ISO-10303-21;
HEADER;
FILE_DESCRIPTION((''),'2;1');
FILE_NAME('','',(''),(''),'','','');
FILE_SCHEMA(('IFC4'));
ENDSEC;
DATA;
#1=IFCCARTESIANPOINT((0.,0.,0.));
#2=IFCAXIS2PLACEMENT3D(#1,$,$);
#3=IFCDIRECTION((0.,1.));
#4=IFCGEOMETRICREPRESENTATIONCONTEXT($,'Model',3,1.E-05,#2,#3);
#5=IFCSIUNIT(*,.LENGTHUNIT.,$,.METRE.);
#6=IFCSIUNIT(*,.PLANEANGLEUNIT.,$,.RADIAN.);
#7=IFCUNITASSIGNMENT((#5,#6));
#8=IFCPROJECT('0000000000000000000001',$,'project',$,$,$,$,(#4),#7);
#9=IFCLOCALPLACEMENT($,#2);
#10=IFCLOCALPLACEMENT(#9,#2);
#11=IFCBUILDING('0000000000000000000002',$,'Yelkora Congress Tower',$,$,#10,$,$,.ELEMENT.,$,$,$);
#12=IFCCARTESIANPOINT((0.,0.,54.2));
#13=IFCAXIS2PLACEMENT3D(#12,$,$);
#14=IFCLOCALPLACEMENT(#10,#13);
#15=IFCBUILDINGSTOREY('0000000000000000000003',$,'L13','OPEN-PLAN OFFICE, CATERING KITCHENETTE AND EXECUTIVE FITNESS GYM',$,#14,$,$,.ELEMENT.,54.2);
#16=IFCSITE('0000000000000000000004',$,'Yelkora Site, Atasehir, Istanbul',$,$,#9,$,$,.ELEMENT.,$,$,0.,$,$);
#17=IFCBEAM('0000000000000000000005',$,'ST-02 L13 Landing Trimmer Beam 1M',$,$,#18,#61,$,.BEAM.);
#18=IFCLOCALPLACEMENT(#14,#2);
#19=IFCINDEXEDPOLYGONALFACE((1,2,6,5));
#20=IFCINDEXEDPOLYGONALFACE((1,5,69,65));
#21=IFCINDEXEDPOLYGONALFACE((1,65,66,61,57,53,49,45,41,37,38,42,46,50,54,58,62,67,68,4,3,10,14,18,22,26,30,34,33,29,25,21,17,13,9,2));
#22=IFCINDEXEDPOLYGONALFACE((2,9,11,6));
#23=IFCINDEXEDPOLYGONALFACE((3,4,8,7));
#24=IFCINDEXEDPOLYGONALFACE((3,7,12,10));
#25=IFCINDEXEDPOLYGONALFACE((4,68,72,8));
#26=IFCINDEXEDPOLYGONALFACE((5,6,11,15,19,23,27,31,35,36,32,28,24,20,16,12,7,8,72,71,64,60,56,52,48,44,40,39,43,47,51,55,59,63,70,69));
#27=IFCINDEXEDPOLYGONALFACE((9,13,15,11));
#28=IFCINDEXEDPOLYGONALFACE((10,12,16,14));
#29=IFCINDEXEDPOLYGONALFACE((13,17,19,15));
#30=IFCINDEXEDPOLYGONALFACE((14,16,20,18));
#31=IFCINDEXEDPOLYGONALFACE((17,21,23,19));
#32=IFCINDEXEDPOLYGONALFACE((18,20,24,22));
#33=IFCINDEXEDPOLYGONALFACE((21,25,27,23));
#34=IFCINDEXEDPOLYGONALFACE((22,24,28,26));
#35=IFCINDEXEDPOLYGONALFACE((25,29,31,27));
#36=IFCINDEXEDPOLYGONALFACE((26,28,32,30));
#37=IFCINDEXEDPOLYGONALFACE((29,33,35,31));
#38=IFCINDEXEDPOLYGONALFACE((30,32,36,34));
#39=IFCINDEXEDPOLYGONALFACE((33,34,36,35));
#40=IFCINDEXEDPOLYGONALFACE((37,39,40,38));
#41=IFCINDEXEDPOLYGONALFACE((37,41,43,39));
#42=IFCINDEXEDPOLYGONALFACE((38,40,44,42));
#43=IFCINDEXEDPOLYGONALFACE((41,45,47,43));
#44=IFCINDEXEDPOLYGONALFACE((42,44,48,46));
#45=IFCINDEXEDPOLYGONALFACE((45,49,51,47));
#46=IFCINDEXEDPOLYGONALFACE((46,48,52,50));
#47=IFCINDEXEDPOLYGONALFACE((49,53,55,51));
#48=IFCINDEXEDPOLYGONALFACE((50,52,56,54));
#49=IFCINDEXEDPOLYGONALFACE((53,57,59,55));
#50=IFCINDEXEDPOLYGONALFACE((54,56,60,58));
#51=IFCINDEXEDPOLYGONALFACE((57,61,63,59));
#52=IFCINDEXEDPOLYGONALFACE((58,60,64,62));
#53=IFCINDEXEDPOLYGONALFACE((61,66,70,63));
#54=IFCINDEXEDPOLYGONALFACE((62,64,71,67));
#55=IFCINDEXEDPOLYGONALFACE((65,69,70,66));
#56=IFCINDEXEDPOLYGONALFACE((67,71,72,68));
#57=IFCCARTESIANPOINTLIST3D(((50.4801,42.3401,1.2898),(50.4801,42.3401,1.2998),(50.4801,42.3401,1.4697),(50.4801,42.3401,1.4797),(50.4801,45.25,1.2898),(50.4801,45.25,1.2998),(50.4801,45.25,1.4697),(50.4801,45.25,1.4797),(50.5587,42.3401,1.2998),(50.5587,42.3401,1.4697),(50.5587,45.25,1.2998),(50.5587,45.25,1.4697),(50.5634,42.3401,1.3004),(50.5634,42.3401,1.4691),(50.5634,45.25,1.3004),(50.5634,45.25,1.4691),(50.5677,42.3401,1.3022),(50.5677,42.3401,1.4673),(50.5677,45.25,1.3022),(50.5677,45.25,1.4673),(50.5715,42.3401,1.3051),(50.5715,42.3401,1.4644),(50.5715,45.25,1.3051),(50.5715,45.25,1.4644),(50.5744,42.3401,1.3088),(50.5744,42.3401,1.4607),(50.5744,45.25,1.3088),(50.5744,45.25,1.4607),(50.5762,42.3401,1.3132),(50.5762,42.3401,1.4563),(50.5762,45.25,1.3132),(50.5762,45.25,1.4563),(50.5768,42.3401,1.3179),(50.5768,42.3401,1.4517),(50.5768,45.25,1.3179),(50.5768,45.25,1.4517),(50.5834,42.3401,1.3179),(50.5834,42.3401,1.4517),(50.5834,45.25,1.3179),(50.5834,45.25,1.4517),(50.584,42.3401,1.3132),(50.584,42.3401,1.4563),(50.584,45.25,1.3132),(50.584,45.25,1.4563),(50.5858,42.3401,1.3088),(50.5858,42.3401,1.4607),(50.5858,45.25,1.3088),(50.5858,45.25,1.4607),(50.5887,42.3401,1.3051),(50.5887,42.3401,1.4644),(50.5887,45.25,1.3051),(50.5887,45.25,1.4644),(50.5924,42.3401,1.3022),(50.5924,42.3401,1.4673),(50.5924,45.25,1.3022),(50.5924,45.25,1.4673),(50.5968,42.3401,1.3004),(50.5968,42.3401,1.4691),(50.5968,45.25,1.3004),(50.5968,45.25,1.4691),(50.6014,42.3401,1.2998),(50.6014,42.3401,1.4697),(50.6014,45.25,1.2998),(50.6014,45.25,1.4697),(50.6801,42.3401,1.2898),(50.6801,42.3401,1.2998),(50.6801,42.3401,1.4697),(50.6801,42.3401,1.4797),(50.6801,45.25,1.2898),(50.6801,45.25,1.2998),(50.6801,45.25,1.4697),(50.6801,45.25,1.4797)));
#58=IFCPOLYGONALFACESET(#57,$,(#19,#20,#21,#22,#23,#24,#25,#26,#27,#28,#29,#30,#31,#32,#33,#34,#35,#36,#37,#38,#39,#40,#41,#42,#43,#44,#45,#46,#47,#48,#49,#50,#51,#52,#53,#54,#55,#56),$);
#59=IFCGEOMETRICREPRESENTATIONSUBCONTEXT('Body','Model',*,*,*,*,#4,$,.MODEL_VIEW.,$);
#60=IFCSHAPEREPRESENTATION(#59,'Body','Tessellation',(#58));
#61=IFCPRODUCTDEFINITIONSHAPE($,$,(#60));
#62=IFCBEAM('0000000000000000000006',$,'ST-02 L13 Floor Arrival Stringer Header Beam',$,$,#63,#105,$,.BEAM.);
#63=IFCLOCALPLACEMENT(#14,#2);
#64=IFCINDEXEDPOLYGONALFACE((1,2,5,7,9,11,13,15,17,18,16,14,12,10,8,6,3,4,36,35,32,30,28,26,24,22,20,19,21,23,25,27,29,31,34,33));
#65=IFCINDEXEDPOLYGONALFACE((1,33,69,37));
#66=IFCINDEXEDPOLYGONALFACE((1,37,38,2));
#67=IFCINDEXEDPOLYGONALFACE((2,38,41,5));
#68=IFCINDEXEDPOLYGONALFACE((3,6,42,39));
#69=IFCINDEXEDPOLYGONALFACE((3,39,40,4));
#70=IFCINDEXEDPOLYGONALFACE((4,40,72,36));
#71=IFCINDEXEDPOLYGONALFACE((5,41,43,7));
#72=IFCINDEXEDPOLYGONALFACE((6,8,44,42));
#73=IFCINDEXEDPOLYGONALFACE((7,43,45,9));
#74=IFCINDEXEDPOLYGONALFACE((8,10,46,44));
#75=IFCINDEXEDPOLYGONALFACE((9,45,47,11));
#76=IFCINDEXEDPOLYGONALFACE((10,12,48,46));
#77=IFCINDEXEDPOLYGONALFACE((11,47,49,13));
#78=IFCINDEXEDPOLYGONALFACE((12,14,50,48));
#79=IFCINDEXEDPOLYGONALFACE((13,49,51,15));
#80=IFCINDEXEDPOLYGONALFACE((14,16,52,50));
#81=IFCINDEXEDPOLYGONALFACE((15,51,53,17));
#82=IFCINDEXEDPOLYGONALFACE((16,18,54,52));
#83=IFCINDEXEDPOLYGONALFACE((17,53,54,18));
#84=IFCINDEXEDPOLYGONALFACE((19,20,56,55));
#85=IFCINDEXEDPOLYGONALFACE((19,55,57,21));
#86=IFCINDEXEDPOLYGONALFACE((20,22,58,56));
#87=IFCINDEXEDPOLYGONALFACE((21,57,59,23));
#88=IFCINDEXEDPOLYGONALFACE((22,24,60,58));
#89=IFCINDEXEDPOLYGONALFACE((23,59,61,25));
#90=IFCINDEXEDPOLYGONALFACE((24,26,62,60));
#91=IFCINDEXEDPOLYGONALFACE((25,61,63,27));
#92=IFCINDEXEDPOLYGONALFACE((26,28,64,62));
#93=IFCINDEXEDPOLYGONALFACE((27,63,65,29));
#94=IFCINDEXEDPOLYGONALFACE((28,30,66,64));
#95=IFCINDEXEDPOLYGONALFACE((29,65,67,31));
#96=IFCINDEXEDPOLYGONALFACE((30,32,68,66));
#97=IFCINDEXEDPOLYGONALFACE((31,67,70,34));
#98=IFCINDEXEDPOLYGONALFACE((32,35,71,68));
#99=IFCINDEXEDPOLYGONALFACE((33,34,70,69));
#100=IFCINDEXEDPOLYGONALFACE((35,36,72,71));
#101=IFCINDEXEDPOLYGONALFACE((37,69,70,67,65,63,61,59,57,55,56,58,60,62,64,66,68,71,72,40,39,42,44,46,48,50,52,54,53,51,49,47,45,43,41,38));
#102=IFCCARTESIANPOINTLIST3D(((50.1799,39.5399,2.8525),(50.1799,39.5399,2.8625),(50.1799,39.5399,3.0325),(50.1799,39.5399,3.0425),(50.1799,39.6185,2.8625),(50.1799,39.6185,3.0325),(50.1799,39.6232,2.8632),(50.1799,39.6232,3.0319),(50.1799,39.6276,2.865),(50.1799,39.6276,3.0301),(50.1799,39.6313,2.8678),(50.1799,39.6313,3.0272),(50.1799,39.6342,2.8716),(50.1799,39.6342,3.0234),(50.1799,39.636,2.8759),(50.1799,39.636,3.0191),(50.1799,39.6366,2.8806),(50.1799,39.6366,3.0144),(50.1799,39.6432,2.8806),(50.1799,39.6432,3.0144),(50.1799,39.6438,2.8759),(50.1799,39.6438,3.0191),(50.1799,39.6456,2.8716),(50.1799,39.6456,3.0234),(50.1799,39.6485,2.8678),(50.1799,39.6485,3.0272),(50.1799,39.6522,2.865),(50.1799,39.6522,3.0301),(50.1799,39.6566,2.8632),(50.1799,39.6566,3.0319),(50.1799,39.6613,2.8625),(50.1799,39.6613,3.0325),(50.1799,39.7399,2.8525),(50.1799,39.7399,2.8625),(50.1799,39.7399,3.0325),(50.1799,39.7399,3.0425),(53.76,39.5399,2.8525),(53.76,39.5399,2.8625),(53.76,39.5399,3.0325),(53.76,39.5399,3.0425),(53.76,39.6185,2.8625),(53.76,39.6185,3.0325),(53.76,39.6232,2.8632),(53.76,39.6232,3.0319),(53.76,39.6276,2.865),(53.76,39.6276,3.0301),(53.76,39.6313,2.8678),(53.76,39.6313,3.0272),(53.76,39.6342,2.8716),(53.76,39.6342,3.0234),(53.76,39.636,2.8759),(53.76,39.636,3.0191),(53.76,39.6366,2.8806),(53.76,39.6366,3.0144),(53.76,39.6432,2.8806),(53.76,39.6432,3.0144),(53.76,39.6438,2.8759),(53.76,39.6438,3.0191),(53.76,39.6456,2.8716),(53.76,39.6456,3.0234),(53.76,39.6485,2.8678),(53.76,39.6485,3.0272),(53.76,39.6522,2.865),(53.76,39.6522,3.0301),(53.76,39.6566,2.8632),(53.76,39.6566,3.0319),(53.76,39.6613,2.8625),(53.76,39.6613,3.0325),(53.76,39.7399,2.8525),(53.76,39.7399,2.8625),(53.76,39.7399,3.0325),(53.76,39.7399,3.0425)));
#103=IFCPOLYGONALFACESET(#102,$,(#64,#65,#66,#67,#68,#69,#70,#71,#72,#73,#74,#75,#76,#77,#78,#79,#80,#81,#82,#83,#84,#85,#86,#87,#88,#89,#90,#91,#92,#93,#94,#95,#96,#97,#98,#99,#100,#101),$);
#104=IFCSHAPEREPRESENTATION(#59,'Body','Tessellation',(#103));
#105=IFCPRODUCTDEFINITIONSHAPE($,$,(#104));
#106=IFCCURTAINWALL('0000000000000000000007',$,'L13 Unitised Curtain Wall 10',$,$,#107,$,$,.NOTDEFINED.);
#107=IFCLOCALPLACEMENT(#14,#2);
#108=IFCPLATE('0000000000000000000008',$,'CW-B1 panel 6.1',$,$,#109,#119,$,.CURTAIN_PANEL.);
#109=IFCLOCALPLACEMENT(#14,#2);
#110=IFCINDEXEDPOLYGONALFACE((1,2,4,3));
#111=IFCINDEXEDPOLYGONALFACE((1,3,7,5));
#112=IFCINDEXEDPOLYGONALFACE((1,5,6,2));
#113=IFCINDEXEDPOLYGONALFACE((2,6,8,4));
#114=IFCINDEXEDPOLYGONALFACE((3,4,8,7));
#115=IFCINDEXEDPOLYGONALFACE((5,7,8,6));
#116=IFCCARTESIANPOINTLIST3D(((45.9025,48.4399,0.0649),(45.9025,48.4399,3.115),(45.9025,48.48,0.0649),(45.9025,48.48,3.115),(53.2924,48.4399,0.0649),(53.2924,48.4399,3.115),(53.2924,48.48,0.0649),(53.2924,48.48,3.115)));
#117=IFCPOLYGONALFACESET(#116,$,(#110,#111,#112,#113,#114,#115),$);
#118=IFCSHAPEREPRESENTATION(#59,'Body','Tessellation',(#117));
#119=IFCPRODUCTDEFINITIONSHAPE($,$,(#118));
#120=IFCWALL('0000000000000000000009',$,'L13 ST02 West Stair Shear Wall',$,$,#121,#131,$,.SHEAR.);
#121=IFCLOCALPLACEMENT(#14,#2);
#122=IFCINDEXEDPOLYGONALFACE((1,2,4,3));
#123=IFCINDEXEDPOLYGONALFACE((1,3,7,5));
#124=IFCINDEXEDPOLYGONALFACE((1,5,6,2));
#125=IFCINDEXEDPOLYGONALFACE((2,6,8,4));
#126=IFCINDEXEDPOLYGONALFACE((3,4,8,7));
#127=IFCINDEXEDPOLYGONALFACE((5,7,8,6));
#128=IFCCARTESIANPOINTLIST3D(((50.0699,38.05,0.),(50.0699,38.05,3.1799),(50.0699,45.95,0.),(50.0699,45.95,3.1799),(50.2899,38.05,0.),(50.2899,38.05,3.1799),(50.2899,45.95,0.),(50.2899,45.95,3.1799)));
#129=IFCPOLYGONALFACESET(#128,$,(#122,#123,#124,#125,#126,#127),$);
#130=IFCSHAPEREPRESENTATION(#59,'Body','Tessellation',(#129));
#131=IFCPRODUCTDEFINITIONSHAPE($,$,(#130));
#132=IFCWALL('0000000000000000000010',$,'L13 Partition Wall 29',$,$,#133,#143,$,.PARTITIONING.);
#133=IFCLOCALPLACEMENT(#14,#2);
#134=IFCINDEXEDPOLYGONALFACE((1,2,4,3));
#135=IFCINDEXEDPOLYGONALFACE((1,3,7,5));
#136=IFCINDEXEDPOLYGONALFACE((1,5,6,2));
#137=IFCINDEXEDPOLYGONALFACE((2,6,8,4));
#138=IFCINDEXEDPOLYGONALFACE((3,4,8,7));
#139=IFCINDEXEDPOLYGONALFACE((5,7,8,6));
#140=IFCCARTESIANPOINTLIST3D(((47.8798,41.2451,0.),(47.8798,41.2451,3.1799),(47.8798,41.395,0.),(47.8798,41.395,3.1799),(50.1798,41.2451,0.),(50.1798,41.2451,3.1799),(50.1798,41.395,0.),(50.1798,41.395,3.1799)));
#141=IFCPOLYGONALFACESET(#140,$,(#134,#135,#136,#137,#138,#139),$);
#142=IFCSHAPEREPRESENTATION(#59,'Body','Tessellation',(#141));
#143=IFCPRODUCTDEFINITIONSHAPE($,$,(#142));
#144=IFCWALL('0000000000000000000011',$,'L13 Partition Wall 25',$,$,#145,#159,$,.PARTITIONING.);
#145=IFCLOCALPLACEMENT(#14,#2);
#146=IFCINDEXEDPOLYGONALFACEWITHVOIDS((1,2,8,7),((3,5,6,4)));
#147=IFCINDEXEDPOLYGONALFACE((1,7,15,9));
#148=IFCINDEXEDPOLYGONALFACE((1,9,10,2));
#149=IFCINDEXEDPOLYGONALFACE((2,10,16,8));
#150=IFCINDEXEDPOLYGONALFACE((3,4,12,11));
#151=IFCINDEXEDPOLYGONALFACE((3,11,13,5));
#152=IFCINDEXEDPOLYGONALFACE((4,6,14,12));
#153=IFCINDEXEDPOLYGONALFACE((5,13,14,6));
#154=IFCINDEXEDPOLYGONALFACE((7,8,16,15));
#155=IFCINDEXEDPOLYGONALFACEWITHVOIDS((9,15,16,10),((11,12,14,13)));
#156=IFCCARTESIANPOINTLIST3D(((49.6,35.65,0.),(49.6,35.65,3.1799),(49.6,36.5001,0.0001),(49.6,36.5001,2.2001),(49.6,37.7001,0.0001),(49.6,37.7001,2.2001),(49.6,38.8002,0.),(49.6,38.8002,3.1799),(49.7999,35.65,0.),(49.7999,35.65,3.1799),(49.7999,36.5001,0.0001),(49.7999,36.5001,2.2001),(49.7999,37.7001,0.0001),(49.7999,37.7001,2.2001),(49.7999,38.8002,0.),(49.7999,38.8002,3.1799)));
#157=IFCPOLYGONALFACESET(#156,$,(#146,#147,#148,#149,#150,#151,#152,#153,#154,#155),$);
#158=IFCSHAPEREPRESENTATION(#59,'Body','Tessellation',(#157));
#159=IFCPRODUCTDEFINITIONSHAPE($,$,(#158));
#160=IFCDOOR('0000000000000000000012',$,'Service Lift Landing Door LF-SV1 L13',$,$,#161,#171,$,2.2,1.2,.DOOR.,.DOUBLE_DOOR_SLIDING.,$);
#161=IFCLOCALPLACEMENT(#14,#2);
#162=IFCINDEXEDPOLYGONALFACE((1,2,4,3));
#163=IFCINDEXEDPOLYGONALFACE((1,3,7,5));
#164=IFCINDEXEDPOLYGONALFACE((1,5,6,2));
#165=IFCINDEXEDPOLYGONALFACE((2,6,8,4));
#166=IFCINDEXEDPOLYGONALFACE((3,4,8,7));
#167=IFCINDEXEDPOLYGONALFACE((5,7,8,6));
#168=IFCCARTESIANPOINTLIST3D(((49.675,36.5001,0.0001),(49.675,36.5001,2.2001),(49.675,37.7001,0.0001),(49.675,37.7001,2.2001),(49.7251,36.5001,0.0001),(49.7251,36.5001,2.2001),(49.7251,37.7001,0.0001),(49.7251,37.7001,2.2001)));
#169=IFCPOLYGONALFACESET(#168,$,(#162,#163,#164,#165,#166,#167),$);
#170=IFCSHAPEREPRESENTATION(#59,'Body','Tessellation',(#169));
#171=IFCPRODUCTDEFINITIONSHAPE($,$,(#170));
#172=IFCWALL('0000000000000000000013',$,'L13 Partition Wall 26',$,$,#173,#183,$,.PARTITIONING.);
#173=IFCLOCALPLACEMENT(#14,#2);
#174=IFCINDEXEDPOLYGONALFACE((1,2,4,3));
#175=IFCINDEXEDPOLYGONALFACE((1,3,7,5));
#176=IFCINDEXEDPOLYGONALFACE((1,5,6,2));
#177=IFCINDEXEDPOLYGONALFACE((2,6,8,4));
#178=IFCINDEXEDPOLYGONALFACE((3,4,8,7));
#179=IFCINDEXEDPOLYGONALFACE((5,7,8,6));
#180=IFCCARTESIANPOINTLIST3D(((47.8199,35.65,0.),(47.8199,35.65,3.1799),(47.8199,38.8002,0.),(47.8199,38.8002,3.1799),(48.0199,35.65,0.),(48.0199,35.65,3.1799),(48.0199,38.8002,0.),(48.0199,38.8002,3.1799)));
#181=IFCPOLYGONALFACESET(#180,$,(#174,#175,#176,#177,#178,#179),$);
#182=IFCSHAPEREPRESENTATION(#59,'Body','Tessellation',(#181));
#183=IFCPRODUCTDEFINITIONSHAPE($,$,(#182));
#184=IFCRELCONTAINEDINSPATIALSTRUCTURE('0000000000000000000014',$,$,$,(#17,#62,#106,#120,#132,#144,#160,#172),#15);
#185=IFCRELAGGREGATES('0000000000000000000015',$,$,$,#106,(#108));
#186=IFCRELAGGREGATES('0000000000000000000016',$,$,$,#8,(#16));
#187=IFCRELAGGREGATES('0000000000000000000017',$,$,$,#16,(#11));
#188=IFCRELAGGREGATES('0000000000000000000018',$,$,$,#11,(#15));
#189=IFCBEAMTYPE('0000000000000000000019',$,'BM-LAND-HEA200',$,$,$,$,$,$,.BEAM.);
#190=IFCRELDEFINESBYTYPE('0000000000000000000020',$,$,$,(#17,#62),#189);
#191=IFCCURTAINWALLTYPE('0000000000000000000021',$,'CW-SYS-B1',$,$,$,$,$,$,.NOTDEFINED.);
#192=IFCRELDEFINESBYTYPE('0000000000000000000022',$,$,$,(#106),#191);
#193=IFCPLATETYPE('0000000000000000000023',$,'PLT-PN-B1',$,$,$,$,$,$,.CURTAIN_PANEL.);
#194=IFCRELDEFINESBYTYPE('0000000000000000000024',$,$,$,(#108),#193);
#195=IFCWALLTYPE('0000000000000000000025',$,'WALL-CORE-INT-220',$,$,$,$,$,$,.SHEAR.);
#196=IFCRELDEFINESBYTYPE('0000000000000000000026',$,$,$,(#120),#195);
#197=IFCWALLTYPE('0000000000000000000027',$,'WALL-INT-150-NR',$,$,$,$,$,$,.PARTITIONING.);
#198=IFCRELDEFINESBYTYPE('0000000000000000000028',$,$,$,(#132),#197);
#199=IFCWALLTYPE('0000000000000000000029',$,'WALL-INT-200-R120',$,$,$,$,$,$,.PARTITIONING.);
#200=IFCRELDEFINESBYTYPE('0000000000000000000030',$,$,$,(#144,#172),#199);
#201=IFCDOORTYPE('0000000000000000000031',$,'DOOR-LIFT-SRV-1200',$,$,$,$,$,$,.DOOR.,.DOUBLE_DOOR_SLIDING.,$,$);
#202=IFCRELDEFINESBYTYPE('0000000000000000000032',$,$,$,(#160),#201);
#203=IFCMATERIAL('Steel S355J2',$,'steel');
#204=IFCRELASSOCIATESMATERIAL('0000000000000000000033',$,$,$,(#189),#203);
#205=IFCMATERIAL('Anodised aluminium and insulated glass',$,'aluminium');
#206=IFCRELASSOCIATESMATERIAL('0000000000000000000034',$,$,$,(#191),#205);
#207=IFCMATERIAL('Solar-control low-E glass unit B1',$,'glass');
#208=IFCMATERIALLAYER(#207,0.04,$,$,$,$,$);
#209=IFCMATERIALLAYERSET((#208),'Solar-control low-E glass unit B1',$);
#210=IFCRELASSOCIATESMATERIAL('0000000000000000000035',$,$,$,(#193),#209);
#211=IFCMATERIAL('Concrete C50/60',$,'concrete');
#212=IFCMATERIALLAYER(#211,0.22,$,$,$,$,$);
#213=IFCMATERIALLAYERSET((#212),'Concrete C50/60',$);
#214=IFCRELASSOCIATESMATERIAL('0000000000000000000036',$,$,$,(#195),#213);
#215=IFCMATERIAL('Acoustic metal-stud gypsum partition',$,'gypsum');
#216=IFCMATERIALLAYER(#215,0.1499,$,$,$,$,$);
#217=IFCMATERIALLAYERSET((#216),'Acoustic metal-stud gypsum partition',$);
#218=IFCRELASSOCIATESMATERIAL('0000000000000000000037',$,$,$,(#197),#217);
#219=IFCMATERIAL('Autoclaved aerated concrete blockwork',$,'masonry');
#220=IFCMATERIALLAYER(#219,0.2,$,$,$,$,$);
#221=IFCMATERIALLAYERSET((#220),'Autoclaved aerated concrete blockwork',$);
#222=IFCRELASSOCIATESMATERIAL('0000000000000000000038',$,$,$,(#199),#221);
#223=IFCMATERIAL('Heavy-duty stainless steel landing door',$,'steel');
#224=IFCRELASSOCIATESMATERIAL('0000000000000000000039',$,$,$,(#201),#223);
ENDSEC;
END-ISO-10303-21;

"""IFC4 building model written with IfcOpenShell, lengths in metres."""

from ifc_helpers import new_model, si_unit, direction, frame, frame_2d, origin, origin_2d, place, context, subcontext, project, spatial, rectangle, i_section, extrude, material, layer, layer_set, material_profile, profile_set, type_object, element, fill, aggregate, save


model = new_model("IFC4")

# Units and contexts
model_context = context("Model", 3, precision=1e-05, world=origin(), true_north=direction((0.0, 1.0)))
body_context = subcontext(model_context, "Body", "Model", "MODEL_VIEW")
ifc_project = project(units=[si_unit("LENGTHUNIT", "METRE"), si_unit("PLANEANGLEUNIT", "RADIAN")], contexts=[model_context])

# Site, building, storey
site_placement = place(None, origin())
site = spatial("IfcSite", under=ifc_project, at=site_placement, Name="Yelkora Site, Atasehir, Istanbul", CompositionType="ELEMENT", RefElevation=0.0)
building_placement = place(site_placement, origin())
building = spatial("IfcBuilding", under=site, at=building_placement, Name="Yelkora Congress Tower", CompositionType="ELEMENT")
storey_placement = place(building_placement, frame((0.0, 0.0, 54.2)))
storey = spatial("IfcBuildingStorey", under=building, at=storey_placement, Name="L13", Description="OPEN-PLAN OFFICE, CATERING KITCHENETTE AND EXECUTIVE FITNESS GYM", CompositionType="ELEMENT", Elevation=54.2)

# Beams
ifc_material_1 = material(Name="Steel S355J2", Category="steel")
ifc_material_profile_1 = material_profile(ifc_material_1, i_section(OverallWidth=0.2, OverallDepth=0.1899, WebThickness=0.0066, FlangeThickness=0.01, FilletRadius=0.0181, at=origin_2d()), Name="HEA 200")
ifc_profile_set_1 = profile_set([ifc_material_profile_1], Name="Steel S355J2")
beam_type_1 = type_object("IfcBeamType", Name="BM-LAND-HEA200", PredefinedType="BEAM", material=ifc_profile_set_1)
beam_1_placement = place(storey_placement, frame((50.5801, 42.3401, 1.3848), z_axis=(0.0, 1.0, 0.0), x_axis=(-1.0, 0.0, 0.0)))
element("IfcBeam", 1, at=beam_1_placement, inside=storey, type_object=beam_type_1, Name="ST-02 L13 Landing Trimmer Beam 1M", PredefinedType="BEAM", context=body_context, shape_type="SweptSolid", body=[
    extrude(i_section(OverallWidth=0.2, OverallDepth=0.1899, WebThickness=0.0066, FlangeThickness=0.01, FilletRadius=0.0181, at=origin_2d()), origin(), (0.0, 0.0, 1.0), 2.9099),
])
beam_2_placement = place(storey_placement, frame((50.1799, 39.6399, 2.9475), z_axis=(1.0, 0.0, 0.0), x_axis=(0.0, 1.0, 0.0)))
element("IfcBeam", 2, at=beam_2_placement, inside=storey, type_object=beam_type_1, Name="ST-02 L13 Floor Arrival Stringer Header Beam", PredefinedType="BEAM", context=body_context, shape_type="SweptSolid", body=[
    extrude(i_section(OverallWidth=0.2, OverallDepth=0.1899, WebThickness=0.0066, FlangeThickness=0.01, FilletRadius=0.0181, at=origin_2d()), origin(), (0.0, 0.0, 1.0), 3.5801),
])

# Curtain wall, plate
ifc_material_2 = material(Name="Anodised aluminium and insulated glass", Category="aluminium")
curtain_wall_type = type_object("IfcCurtainWallType", Name="CW-SYS-B1", PredefinedType="NOTDEFINED", material=ifc_material_2)
curtain_wall_placement = place(storey_placement, origin())
curtain_wall = element("IfcCurtainWall", 3, at=curtain_wall_placement, inside=storey, type_object=curtain_wall_type, Name="L13 Unitised Curtain Wall 10", PredefinedType="NOTDEFINED")
ifc_material_3 = material(Name="Solar-control low-E glass unit B1", Category="glass")
ifc_layer_1 = layer(ifc_material_3, 0.04)
ifc_layer_set_1 = layer_set([ifc_layer_1], Name="Solar-control low-E glass unit B1")
plate_type = type_object("IfcPlateType", Name="PLT-PN-B1", PredefinedType="CURTAIN_PANEL", material=ifc_layer_set_1)
plate_placement = place(storey_placement, frame((49.5974, 48.46, 0.0649), z_axis=(0.0, 0.0, 1.0), x_axis=(1.0, 0.0, 0.0)))
plate = element("IfcPlate", 4, at=plate_placement, type_object=plate_type, Name="CW-B1 panel 6.1", PredefinedType="CURTAIN_PANEL", context=body_context, shape_type="SweptSolid", body=[
    extrude(rectangle(XDim=7.3899, YDim=0.04, at=origin_2d()), origin(), (0.0, 0.0, 1.0), 3.05),
])
aggregate(curtain_wall, [plate])

# Walls
ifc_material_4 = material(Name="Concrete C50/60", Category="concrete")
ifc_layer_2 = layer(ifc_material_4, 0.22)
ifc_layer_set_2 = layer_set([ifc_layer_2], Name="Concrete C50/60")
wall_type_1 = type_object("IfcWallType", Name="WALL-CORE-INT-220", PredefinedType="SHEAR", material=ifc_layer_set_2)
wall_1_placement = place(storey_placement, frame((50.1799, 38.05, 0.0), z_axis=(0.0, 0.0, 1.0), x_axis=(0.0, 1.0, 0.0)))
element("IfcWall", 5, at=wall_1_placement, inside=storey, type_object=wall_type_1, Name="L13 ST02 West Stair Shear Wall", PredefinedType="SHEAR", context=body_context, shape_type="SweptSolid", body=[
    extrude(rectangle(XDim=7.8999, YDim=0.22, at=frame_2d((3.95, 0.0))), origin(), (0.0, 0.0, 1.0), 3.1799),
])
ifc_material_5 = material(Name="Acoustic metal-stud gypsum partition", Category="gypsum")
ifc_layer_3 = layer(ifc_material_5, 0.1499)
ifc_layer_set_3 = layer_set([ifc_layer_3], Name="Acoustic metal-stud gypsum partition")
wall_type_2 = type_object("IfcWallType", Name="WALL-INT-150-NR", PredefinedType="PARTITIONING", material=ifc_layer_set_3)
wall_2_placement = place(storey_placement, frame((47.8799, 41.3201, 0.0), z_axis=(0.0, 0.0, 1.0), x_axis=(1.0, 0.0, 0.0)))
element("IfcWall", 6, at=wall_2_placement, inside=storey, type_object=wall_type_2, Name="L13 Partition Wall 29", PredefinedType="PARTITIONING", context=body_context, shape_type="SweptSolid", body=[
    extrude(rectangle(XDim=2.3, YDim=0.1499, at=frame_2d((1.1499, 0.0))), origin(), (0.0, 0.0, 1.0), 3.1799),
])

# Wall, opening, door
ifc_material_6 = material(Name="Autoclaved aerated concrete blockwork", Category="masonry")
ifc_layer_4 = layer(ifc_material_6, 0.2)
ifc_layer_set_4 = layer_set([ifc_layer_4], Name="Autoclaved aerated concrete blockwork")
wall_type_3 = type_object("IfcWallType", Name="WALL-INT-200-R120", PredefinedType="PARTITIONING", material=ifc_layer_set_4)
wall_3_placement = place(storey_placement, frame((49.7, 35.6499, 0.0), z_axis=(0.0, 0.0, 1.0), x_axis=(0.0, 1.0, 0.0)))
wall_3 = element("IfcWall", 7, at=wall_3_placement, inside=storey, type_object=wall_type_3, Name="L13 Partition Wall 25", PredefinedType="PARTITIONING", context=body_context, shape_type="SweptSolid", body=[
    extrude(rectangle(XDim=3.1501, YDim=0.2, at=frame_2d((1.5752, 0.0))), origin(), (0.0, 0.0, 1.0), 3.1799),
])
opening_1_placement = place(wall_3_placement, frame((0.8501, 0.0, 0.0)))
opening_1 = element("IfcOpeningElement", 8, at=opening_1_placement, cuts=wall_3, PredefinedType="OPENING", context=body_context, shape_type="SweptSolid", body=[
    extrude(rectangle(XDim=1.2, YDim=2.2, at=frame_2d((0.6001, 1.1001))), frame((0.0, 0.1099, 0.0), z_axis=(0.0, -1.0, 0.0), x_axis=(1.0, 0.0, 0.0)), (0.0, 0.0, 1.0), 0.22),
])
ifc_material_7 = material(Name="Heavy-duty stainless steel landing door", Category="steel")
door_type_1 = type_object("IfcDoorType", Name="DOOR-LIFT-SRV-1200", OperationType="DOUBLE_DOOR_SLIDING", PredefinedType="DOOR", material=ifc_material_7)
door_1_placement = place(opening_1_placement, origin())
door_1 = element("IfcDoor", 9, at=door_1_placement, inside=storey, type_object=door_type_1, Name="Service Lift Landing Door LF-SV1 L13", OperationType="DOUBLE_DOOR_SLIDING", OverallHeight=2.2, OverallWidth=1.2, PredefinedType="DOOR", context=body_context, shape_type="SweptSolid", body=[
    extrude(rectangle(XDim=1.2, YDim=2.2, at=frame_2d((0.6001, 1.1001))), frame((0.0, 0.0249, 0.0), z_axis=(0.0, -1.0, 0.0), x_axis=(1.0, 0.0, 0.0)), (0.0, 0.0, 1.0), 0.05),
])
fill(opening_1, door_1)

# Wall
wall_4_placement = place(storey_placement, frame((47.9199, 35.6499, 0.0), z_axis=(0.0, 0.0, 1.0), x_axis=(0.0, 1.0, 0.0)))
element("IfcWall", 10, at=wall_4_placement, inside=storey, type_object=wall_type_3, Name="L13 Partition Wall 26", PredefinedType="PARTITIONING", context=body_context, shape_type="SweptSolid", body=[
    extrude(rectangle(XDim=3.1501, YDim=0.2, at=frame_2d((1.5752, 0.0))), origin(), (0.0, 0.0, 1.0), 3.1799),
])

save(model, "model.ifc")
